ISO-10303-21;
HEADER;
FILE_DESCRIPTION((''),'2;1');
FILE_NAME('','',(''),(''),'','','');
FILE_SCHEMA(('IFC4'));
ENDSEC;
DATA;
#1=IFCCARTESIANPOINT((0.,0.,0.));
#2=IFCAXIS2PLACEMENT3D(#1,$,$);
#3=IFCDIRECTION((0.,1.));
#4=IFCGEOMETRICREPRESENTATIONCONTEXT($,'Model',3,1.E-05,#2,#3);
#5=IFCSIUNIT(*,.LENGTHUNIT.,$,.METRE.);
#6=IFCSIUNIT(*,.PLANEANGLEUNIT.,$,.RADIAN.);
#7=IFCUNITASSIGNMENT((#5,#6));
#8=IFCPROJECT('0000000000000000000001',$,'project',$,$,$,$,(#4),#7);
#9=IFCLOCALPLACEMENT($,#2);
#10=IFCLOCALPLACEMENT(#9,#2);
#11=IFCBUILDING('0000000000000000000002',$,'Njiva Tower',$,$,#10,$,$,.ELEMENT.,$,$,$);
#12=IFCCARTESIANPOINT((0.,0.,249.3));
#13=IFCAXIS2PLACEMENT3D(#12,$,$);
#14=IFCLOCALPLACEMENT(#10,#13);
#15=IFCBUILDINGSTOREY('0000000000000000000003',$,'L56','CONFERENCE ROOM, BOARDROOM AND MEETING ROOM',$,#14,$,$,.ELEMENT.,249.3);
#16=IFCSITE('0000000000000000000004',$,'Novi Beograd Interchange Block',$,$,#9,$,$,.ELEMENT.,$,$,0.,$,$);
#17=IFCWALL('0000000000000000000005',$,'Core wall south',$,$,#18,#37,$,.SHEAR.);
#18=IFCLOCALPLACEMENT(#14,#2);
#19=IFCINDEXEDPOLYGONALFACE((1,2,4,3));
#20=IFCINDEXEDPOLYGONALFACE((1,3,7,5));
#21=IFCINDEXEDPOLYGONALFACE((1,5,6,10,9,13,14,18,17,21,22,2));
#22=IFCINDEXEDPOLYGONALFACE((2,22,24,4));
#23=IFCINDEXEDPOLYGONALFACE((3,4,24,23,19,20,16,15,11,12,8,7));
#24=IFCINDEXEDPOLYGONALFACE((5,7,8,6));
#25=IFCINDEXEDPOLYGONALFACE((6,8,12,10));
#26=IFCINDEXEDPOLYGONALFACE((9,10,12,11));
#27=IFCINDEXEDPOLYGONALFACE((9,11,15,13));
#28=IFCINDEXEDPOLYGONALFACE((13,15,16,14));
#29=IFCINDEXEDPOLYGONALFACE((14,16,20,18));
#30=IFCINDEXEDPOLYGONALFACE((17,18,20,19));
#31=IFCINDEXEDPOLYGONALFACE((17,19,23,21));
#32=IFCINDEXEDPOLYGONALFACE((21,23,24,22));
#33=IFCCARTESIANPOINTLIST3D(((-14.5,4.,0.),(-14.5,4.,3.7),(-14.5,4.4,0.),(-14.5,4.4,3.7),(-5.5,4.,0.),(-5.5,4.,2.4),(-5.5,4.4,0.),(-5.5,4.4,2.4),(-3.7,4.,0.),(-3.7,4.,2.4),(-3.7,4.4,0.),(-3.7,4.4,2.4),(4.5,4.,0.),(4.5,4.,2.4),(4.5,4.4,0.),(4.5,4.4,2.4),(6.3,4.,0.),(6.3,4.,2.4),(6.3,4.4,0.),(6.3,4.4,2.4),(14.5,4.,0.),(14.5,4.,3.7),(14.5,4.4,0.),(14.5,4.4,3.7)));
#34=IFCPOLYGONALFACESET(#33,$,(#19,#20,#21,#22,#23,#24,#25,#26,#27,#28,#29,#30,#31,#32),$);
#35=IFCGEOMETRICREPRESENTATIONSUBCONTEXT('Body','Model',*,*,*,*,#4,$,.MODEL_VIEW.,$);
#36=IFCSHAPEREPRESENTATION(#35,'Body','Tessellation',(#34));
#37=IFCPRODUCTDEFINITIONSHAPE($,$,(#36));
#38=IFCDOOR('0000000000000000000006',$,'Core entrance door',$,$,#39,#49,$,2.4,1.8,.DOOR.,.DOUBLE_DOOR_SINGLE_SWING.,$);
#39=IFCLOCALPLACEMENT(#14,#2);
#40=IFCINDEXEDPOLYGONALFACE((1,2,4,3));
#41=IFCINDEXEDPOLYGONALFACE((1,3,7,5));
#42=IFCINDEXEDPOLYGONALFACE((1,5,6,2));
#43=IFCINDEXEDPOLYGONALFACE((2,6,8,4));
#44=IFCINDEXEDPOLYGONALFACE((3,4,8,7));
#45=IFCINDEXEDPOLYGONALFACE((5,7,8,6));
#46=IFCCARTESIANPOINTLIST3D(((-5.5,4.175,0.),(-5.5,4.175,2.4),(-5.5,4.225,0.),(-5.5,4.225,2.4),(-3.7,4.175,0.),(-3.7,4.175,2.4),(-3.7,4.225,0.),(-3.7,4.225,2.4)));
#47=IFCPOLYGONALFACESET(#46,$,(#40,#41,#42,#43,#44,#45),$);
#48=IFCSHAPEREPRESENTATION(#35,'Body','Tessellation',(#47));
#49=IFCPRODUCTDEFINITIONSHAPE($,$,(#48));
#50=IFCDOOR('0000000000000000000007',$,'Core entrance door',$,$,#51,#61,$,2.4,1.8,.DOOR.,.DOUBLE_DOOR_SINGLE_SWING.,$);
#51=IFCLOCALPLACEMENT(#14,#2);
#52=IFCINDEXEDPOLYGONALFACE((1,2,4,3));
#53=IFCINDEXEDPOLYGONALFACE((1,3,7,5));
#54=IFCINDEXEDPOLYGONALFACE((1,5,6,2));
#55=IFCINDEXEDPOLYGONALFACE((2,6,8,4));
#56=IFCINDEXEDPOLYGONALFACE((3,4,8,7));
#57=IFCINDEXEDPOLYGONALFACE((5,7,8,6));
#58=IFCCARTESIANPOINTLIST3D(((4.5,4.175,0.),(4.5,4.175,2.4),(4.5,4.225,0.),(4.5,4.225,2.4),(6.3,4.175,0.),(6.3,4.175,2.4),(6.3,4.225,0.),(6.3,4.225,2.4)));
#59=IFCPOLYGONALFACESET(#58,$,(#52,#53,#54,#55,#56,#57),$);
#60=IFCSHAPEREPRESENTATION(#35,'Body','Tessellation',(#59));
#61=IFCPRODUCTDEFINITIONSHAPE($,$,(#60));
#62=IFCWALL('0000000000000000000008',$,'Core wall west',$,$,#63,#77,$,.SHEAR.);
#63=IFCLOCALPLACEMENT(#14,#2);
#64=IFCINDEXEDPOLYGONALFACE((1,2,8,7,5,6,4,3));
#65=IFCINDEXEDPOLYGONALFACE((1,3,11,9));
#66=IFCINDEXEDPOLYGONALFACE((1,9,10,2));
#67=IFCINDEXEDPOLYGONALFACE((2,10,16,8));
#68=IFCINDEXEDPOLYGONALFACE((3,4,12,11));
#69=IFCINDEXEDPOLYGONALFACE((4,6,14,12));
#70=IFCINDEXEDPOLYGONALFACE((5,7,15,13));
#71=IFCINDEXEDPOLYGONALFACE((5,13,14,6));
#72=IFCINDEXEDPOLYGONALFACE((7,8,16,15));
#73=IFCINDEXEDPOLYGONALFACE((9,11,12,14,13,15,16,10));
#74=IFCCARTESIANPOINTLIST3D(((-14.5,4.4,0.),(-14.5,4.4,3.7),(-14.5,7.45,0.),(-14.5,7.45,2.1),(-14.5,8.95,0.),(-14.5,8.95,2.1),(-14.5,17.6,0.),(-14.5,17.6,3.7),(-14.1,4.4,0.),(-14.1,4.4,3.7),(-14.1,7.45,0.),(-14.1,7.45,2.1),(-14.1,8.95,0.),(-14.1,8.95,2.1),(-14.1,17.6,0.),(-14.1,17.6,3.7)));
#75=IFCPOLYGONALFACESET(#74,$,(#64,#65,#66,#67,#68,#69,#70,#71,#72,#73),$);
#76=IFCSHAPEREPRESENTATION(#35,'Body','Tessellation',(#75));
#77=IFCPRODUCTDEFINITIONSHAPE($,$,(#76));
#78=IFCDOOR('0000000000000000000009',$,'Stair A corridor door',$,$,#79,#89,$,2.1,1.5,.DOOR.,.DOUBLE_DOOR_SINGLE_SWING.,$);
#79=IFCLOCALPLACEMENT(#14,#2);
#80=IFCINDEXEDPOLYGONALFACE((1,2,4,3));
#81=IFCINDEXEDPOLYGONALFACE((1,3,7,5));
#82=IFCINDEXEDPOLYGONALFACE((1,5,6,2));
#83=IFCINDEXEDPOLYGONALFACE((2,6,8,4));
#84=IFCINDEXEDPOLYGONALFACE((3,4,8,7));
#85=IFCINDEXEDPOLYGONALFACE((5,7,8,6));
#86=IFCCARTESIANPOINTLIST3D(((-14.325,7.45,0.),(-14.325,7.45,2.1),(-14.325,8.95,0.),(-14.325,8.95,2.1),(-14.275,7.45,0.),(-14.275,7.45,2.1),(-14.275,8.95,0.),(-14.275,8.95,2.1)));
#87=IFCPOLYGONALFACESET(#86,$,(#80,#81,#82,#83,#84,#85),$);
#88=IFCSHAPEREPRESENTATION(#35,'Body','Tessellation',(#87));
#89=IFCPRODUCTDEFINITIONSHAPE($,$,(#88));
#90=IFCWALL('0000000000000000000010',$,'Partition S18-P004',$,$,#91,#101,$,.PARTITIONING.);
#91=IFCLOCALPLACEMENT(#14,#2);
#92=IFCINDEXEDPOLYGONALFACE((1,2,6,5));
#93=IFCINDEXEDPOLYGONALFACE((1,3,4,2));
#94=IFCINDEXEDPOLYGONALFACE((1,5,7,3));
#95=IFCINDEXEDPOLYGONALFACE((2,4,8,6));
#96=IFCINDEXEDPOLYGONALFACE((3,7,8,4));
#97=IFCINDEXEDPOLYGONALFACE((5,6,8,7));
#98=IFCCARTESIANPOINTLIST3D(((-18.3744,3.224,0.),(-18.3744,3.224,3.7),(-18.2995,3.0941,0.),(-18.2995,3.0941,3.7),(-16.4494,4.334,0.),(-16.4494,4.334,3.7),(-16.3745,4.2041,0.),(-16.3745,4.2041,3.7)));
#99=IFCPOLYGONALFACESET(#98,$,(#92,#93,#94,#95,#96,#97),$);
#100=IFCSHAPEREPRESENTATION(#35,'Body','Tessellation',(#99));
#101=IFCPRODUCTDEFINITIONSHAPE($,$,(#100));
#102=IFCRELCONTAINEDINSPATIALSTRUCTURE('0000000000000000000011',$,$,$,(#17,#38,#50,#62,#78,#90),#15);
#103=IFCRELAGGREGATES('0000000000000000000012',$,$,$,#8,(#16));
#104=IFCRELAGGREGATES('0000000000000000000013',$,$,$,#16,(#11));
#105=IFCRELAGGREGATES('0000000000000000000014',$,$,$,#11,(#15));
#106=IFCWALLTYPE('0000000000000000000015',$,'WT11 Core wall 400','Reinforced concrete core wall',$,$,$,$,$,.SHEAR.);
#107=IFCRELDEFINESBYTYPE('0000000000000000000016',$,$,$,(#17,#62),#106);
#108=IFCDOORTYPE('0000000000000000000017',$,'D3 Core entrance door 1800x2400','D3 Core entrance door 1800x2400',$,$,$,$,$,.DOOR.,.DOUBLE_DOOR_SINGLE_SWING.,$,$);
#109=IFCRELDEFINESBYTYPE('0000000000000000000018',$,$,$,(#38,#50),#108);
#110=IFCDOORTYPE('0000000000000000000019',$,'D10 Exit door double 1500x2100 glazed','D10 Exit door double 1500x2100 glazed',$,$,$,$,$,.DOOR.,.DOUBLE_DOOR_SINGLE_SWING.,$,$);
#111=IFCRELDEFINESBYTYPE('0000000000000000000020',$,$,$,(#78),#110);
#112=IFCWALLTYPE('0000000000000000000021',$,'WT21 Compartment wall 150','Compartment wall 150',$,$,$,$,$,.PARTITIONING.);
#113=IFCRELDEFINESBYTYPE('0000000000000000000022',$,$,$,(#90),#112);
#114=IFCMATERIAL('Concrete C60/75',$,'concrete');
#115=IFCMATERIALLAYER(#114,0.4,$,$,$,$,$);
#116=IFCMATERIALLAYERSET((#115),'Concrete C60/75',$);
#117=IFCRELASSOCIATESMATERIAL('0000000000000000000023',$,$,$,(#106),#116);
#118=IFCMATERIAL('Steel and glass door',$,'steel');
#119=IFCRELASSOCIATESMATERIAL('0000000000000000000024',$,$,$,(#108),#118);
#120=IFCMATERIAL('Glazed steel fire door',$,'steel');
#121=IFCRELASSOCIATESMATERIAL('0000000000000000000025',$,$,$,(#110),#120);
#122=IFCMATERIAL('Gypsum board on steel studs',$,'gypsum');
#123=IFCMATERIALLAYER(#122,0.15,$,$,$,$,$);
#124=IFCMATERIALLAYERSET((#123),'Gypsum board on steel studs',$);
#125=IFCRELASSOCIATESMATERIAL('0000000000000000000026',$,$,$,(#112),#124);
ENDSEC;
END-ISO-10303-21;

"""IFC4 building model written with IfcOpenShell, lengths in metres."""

from ifc_helpers import new_model, si_unit, direction, frame, frame_2d, origin, place, context, subcontext, project, spatial, rectangle, extrude, material, layer, layer_set, type_object, element, fill, save


model = new_model("IFC4")

# Units and contexts
model_context = context("Model", 3, precision=1e-05, world=origin(), true_north=direction((0.0, 1.0)))
body_context = subcontext(model_context, "Body", "Model", "MODEL_VIEW")
ifc_project = project(units=[si_unit("LENGTHUNIT", "METRE"), si_unit("PLANEANGLEUNIT", "RADIAN")], contexts=[model_context])

# Site, building, storey
site_placement = place(None, origin())
site = spatial("IfcSite", under=ifc_project, at=site_placement, Name="Novi Beograd Interchange Block", CompositionType="ELEMENT", RefElevation=0.0)
building_placement = place(site_placement, origin())
building = spatial("IfcBuilding", under=site, at=building_placement, Name="Njiva Tower", CompositionType="ELEMENT")
storey_placement = place(building_placement, frame((0.0, 0.0, 249.3)))
storey = spatial("IfcBuildingStorey", under=building, at=storey_placement, Name="L56", Description="CONFERENCE ROOM, BOARDROOM AND MEETING ROOM", CompositionType="ELEMENT", Elevation=249.3)

# Wall, openings, doors
ifc_material_1 = material(Name="Concrete C60/75", Category="concrete")
ifc_layer_1 = layer(ifc_material_1, 0.4)
ifc_layer_set_1 = layer_set([ifc_layer_1], Name="Concrete C60/75")
wall_type_1 = type_object("IfcWallType", Name="WT11 Core wall 400", Description="Reinforced concrete core wall", PredefinedType="SHEAR", material=ifc_layer_set_1)
wall_1_placement = place(storey_placement, frame((-14.5, 4.2, 0.0), z_axis=(0.0, 0.0, 1.0), x_axis=(1.0, 0.0, 0.0)))
wall_1 = element("IfcWall", 1, at=wall_1_placement, inside=storey, type_object=wall_type_1, Name="Core wall south", PredefinedType="SHEAR", context=body_context, shape_type="SweptSolid", body=[
    extrude(rectangle(XDim=29.0, YDim=0.4, at=frame_2d((14.5, 0.0))), origin(), (0.0, 0.0, 1.0), 3.7),
])
opening_1_placement = place(wall_1_placement, frame((9.0, 0.0, 0.0)))
opening_1 = element("IfcOpeningElement", 2, at=opening_1_placement, cuts=wall_1, PredefinedType="OPENING", context=body_context, shape_type="SweptSolid", body=[
    extrude(rectangle(XDim=1.8, YDim=2.4, at=frame_2d((0.9, 1.2))), frame((0.0, 0.21, 0.0), z_axis=(0.0, -1.0, 0.0), x_axis=(1.0, 0.0, 0.0)), (0.0, 0.0, 1.0), 0.42),
])
opening_2_placement = place(wall_1_placement, frame((19.0, 0.0, 0.0)))
opening_2 = element("IfcOpeningElement", 3, at=opening_2_placement, cuts=wall_1, PredefinedType="OPENING", context=body_context, shape_type="SweptSolid", body=[
    extrude(rectangle(XDim=1.8, YDim=2.4, at=frame_2d((0.9, 1.2))), frame((0.0, 0.21, 0.0), z_axis=(0.0, -1.0, 0.0), x_axis=(1.0, 0.0, 0.0)), (0.0, 0.0, 1.0), 0.42),
])
ifc_material_2 = material(Name="Steel and glass door", Category="steel")
door_type_1 = type_object("IfcDoorType", Name="D3 Core entrance door 1800x2400", Description="D3 Core entrance door 1800x2400", OperationType="DOUBLE_DOOR_SINGLE_SWING", PredefinedType="DOOR", material=ifc_material_2)
door_1_placement = place(opening_1_placement, origin())
door_1 = element("IfcDoor", 4, at=door_1_placement, inside=storey, type_object=door_type_1, Name="Core entrance door", OperationType="DOUBLE_DOOR_SINGLE_SWING", OverallHeight=2.4, OverallWidth=1.8, PredefinedType="DOOR", context=body_context, shape_type="SweptSolid", body=[
    extrude(rectangle(XDim=1.8, YDim=2.4, at=frame_2d((0.9, 1.2))), frame((0.0, 0.025, 0.0), z_axis=(0.0, -1.0, 0.0), x_axis=(1.0, 0.0, 0.0)), (0.0, 0.0, 1.0), 0.05),
])
fill(opening_1, door_1)
door_2_placement = place(opening_2_placement, origin())
door_2 = element("IfcDoor", 5, at=door_2_placement, inside=storey, type_object=door_type_1, Name="Core entrance door", OperationType="DOUBLE_DOOR_SINGLE_SWING", OverallHeight=2.4, OverallWidth=1.8, PredefinedType="DOOR", context=body_context, shape_type="SweptSolid", body=[
    extrude(rectangle(XDim=1.8, YDim=2.4, at=frame_2d((0.9, 1.2))), frame((0.0, 0.025, 0.0), z_axis=(0.0, -1.0, 0.0), x_axis=(1.0, 0.0, 0.0)), (0.0, 0.0, 1.0), 0.05),
])
fill(opening_2, door_2)

# Wall, opening, door
wall_2_placement = place(storey_placement, frame((-14.3, 4.4, 0.0), z_axis=(0.0, 0.0, 1.0), x_axis=(0.0, 1.0, 0.0)))
wall_2 = element("IfcWall", 6, at=wall_2_placement, inside=storey, type_object=wall_type_1, Name="Core wall west", PredefinedType="SHEAR", context=body_context, shape_type="SweptSolid", body=[
    extrude(rectangle(XDim=13.2, YDim=0.4, at=frame_2d((6.6, 0.0))), origin(), (0.0, 0.0, 1.0), 3.7),
])
opening_3_placement = place(wall_2_placement, frame((3.05, 0.0, 0.0)))
opening_3 = element("IfcOpeningElement", 7, at=opening_3_placement, cuts=wall_2, PredefinedType="OPENING", context=body_context, shape_type="SweptSolid", body=[
    extrude(rectangle(XDim=1.5, YDim=2.1, at=frame_2d((0.75, 1.05))), frame((0.0, 0.21, 0.0), z_axis=(0.0, -1.0, 0.0), x_axis=(1.0, 0.0, 0.0)), (0.0, 0.0, 1.0), 0.42),
])
ifc_material_3 = material(Name="Glazed steel fire door", Category="steel")
door_type_2 = type_object("IfcDoorType", Name="D10 Exit door double 1500x2100 glazed", Description="D10 Exit door double 1500x2100 glazed", OperationType="DOUBLE_DOOR_SINGLE_SWING", PredefinedType="DOOR", material=ifc_material_3)
door_3_placement = place(opening_3_placement, origin())
door_3 = element("IfcDoor", 8, at=door_3_placement, inside=storey, type_object=door_type_2, Name="Stair A corridor door", OperationType="DOUBLE_DOOR_SINGLE_SWING", OverallHeight=2.1, OverallWidth=1.5, PredefinedType="DOOR", context=body_context, shape_type="SweptSolid", body=[
    extrude(rectangle(XDim=1.5, YDim=2.1, at=frame_2d((0.75, 1.05))), frame((0.0, 0.025, 0.0), z_axis=(0.0, -1.0, 0.0), x_axis=(1.0, 0.0, 0.0)), (0.0, 0.0, 1.0), 0.05),
])
fill(opening_3, door_3)

# Wall
ifc_material_4 = material(Name="Gypsum board on steel studs", Category="gypsum")
ifc_layer_2 = layer(ifc_material_4, 0.15)
ifc_layer_set_2 = layer_set([ifc_layer_2], Name="Gypsum board on steel studs")
wall_type_2 = type_object("IfcWallType", Name="WT21 Compartment wall 150", Description="Compartment wall 150", PredefinedType="PARTITIONING", material=ifc_layer_set_2)
wall_3_placement = place(storey_placement, frame((-18.337, 3.159, 0.0), z_axis=(0.0, 0.0, 1.0), x_axis=(0.866298, 0.499528, 0.0)))
element("IfcWall", 9, at=wall_3_placement, inside=storey, type_object=wall_type_2, Name="Partition S18-P004", PredefinedType="PARTITIONING", context=body_context, shape_type="SweptSolid", body=[
    extrude(rectangle(XDim=2.2221, YDim=0.15, at=frame_2d((1.1111, 0.0))), origin(), (0.0, 0.0, 1.0), 3.7),
])

save(model, "model.ifc")
